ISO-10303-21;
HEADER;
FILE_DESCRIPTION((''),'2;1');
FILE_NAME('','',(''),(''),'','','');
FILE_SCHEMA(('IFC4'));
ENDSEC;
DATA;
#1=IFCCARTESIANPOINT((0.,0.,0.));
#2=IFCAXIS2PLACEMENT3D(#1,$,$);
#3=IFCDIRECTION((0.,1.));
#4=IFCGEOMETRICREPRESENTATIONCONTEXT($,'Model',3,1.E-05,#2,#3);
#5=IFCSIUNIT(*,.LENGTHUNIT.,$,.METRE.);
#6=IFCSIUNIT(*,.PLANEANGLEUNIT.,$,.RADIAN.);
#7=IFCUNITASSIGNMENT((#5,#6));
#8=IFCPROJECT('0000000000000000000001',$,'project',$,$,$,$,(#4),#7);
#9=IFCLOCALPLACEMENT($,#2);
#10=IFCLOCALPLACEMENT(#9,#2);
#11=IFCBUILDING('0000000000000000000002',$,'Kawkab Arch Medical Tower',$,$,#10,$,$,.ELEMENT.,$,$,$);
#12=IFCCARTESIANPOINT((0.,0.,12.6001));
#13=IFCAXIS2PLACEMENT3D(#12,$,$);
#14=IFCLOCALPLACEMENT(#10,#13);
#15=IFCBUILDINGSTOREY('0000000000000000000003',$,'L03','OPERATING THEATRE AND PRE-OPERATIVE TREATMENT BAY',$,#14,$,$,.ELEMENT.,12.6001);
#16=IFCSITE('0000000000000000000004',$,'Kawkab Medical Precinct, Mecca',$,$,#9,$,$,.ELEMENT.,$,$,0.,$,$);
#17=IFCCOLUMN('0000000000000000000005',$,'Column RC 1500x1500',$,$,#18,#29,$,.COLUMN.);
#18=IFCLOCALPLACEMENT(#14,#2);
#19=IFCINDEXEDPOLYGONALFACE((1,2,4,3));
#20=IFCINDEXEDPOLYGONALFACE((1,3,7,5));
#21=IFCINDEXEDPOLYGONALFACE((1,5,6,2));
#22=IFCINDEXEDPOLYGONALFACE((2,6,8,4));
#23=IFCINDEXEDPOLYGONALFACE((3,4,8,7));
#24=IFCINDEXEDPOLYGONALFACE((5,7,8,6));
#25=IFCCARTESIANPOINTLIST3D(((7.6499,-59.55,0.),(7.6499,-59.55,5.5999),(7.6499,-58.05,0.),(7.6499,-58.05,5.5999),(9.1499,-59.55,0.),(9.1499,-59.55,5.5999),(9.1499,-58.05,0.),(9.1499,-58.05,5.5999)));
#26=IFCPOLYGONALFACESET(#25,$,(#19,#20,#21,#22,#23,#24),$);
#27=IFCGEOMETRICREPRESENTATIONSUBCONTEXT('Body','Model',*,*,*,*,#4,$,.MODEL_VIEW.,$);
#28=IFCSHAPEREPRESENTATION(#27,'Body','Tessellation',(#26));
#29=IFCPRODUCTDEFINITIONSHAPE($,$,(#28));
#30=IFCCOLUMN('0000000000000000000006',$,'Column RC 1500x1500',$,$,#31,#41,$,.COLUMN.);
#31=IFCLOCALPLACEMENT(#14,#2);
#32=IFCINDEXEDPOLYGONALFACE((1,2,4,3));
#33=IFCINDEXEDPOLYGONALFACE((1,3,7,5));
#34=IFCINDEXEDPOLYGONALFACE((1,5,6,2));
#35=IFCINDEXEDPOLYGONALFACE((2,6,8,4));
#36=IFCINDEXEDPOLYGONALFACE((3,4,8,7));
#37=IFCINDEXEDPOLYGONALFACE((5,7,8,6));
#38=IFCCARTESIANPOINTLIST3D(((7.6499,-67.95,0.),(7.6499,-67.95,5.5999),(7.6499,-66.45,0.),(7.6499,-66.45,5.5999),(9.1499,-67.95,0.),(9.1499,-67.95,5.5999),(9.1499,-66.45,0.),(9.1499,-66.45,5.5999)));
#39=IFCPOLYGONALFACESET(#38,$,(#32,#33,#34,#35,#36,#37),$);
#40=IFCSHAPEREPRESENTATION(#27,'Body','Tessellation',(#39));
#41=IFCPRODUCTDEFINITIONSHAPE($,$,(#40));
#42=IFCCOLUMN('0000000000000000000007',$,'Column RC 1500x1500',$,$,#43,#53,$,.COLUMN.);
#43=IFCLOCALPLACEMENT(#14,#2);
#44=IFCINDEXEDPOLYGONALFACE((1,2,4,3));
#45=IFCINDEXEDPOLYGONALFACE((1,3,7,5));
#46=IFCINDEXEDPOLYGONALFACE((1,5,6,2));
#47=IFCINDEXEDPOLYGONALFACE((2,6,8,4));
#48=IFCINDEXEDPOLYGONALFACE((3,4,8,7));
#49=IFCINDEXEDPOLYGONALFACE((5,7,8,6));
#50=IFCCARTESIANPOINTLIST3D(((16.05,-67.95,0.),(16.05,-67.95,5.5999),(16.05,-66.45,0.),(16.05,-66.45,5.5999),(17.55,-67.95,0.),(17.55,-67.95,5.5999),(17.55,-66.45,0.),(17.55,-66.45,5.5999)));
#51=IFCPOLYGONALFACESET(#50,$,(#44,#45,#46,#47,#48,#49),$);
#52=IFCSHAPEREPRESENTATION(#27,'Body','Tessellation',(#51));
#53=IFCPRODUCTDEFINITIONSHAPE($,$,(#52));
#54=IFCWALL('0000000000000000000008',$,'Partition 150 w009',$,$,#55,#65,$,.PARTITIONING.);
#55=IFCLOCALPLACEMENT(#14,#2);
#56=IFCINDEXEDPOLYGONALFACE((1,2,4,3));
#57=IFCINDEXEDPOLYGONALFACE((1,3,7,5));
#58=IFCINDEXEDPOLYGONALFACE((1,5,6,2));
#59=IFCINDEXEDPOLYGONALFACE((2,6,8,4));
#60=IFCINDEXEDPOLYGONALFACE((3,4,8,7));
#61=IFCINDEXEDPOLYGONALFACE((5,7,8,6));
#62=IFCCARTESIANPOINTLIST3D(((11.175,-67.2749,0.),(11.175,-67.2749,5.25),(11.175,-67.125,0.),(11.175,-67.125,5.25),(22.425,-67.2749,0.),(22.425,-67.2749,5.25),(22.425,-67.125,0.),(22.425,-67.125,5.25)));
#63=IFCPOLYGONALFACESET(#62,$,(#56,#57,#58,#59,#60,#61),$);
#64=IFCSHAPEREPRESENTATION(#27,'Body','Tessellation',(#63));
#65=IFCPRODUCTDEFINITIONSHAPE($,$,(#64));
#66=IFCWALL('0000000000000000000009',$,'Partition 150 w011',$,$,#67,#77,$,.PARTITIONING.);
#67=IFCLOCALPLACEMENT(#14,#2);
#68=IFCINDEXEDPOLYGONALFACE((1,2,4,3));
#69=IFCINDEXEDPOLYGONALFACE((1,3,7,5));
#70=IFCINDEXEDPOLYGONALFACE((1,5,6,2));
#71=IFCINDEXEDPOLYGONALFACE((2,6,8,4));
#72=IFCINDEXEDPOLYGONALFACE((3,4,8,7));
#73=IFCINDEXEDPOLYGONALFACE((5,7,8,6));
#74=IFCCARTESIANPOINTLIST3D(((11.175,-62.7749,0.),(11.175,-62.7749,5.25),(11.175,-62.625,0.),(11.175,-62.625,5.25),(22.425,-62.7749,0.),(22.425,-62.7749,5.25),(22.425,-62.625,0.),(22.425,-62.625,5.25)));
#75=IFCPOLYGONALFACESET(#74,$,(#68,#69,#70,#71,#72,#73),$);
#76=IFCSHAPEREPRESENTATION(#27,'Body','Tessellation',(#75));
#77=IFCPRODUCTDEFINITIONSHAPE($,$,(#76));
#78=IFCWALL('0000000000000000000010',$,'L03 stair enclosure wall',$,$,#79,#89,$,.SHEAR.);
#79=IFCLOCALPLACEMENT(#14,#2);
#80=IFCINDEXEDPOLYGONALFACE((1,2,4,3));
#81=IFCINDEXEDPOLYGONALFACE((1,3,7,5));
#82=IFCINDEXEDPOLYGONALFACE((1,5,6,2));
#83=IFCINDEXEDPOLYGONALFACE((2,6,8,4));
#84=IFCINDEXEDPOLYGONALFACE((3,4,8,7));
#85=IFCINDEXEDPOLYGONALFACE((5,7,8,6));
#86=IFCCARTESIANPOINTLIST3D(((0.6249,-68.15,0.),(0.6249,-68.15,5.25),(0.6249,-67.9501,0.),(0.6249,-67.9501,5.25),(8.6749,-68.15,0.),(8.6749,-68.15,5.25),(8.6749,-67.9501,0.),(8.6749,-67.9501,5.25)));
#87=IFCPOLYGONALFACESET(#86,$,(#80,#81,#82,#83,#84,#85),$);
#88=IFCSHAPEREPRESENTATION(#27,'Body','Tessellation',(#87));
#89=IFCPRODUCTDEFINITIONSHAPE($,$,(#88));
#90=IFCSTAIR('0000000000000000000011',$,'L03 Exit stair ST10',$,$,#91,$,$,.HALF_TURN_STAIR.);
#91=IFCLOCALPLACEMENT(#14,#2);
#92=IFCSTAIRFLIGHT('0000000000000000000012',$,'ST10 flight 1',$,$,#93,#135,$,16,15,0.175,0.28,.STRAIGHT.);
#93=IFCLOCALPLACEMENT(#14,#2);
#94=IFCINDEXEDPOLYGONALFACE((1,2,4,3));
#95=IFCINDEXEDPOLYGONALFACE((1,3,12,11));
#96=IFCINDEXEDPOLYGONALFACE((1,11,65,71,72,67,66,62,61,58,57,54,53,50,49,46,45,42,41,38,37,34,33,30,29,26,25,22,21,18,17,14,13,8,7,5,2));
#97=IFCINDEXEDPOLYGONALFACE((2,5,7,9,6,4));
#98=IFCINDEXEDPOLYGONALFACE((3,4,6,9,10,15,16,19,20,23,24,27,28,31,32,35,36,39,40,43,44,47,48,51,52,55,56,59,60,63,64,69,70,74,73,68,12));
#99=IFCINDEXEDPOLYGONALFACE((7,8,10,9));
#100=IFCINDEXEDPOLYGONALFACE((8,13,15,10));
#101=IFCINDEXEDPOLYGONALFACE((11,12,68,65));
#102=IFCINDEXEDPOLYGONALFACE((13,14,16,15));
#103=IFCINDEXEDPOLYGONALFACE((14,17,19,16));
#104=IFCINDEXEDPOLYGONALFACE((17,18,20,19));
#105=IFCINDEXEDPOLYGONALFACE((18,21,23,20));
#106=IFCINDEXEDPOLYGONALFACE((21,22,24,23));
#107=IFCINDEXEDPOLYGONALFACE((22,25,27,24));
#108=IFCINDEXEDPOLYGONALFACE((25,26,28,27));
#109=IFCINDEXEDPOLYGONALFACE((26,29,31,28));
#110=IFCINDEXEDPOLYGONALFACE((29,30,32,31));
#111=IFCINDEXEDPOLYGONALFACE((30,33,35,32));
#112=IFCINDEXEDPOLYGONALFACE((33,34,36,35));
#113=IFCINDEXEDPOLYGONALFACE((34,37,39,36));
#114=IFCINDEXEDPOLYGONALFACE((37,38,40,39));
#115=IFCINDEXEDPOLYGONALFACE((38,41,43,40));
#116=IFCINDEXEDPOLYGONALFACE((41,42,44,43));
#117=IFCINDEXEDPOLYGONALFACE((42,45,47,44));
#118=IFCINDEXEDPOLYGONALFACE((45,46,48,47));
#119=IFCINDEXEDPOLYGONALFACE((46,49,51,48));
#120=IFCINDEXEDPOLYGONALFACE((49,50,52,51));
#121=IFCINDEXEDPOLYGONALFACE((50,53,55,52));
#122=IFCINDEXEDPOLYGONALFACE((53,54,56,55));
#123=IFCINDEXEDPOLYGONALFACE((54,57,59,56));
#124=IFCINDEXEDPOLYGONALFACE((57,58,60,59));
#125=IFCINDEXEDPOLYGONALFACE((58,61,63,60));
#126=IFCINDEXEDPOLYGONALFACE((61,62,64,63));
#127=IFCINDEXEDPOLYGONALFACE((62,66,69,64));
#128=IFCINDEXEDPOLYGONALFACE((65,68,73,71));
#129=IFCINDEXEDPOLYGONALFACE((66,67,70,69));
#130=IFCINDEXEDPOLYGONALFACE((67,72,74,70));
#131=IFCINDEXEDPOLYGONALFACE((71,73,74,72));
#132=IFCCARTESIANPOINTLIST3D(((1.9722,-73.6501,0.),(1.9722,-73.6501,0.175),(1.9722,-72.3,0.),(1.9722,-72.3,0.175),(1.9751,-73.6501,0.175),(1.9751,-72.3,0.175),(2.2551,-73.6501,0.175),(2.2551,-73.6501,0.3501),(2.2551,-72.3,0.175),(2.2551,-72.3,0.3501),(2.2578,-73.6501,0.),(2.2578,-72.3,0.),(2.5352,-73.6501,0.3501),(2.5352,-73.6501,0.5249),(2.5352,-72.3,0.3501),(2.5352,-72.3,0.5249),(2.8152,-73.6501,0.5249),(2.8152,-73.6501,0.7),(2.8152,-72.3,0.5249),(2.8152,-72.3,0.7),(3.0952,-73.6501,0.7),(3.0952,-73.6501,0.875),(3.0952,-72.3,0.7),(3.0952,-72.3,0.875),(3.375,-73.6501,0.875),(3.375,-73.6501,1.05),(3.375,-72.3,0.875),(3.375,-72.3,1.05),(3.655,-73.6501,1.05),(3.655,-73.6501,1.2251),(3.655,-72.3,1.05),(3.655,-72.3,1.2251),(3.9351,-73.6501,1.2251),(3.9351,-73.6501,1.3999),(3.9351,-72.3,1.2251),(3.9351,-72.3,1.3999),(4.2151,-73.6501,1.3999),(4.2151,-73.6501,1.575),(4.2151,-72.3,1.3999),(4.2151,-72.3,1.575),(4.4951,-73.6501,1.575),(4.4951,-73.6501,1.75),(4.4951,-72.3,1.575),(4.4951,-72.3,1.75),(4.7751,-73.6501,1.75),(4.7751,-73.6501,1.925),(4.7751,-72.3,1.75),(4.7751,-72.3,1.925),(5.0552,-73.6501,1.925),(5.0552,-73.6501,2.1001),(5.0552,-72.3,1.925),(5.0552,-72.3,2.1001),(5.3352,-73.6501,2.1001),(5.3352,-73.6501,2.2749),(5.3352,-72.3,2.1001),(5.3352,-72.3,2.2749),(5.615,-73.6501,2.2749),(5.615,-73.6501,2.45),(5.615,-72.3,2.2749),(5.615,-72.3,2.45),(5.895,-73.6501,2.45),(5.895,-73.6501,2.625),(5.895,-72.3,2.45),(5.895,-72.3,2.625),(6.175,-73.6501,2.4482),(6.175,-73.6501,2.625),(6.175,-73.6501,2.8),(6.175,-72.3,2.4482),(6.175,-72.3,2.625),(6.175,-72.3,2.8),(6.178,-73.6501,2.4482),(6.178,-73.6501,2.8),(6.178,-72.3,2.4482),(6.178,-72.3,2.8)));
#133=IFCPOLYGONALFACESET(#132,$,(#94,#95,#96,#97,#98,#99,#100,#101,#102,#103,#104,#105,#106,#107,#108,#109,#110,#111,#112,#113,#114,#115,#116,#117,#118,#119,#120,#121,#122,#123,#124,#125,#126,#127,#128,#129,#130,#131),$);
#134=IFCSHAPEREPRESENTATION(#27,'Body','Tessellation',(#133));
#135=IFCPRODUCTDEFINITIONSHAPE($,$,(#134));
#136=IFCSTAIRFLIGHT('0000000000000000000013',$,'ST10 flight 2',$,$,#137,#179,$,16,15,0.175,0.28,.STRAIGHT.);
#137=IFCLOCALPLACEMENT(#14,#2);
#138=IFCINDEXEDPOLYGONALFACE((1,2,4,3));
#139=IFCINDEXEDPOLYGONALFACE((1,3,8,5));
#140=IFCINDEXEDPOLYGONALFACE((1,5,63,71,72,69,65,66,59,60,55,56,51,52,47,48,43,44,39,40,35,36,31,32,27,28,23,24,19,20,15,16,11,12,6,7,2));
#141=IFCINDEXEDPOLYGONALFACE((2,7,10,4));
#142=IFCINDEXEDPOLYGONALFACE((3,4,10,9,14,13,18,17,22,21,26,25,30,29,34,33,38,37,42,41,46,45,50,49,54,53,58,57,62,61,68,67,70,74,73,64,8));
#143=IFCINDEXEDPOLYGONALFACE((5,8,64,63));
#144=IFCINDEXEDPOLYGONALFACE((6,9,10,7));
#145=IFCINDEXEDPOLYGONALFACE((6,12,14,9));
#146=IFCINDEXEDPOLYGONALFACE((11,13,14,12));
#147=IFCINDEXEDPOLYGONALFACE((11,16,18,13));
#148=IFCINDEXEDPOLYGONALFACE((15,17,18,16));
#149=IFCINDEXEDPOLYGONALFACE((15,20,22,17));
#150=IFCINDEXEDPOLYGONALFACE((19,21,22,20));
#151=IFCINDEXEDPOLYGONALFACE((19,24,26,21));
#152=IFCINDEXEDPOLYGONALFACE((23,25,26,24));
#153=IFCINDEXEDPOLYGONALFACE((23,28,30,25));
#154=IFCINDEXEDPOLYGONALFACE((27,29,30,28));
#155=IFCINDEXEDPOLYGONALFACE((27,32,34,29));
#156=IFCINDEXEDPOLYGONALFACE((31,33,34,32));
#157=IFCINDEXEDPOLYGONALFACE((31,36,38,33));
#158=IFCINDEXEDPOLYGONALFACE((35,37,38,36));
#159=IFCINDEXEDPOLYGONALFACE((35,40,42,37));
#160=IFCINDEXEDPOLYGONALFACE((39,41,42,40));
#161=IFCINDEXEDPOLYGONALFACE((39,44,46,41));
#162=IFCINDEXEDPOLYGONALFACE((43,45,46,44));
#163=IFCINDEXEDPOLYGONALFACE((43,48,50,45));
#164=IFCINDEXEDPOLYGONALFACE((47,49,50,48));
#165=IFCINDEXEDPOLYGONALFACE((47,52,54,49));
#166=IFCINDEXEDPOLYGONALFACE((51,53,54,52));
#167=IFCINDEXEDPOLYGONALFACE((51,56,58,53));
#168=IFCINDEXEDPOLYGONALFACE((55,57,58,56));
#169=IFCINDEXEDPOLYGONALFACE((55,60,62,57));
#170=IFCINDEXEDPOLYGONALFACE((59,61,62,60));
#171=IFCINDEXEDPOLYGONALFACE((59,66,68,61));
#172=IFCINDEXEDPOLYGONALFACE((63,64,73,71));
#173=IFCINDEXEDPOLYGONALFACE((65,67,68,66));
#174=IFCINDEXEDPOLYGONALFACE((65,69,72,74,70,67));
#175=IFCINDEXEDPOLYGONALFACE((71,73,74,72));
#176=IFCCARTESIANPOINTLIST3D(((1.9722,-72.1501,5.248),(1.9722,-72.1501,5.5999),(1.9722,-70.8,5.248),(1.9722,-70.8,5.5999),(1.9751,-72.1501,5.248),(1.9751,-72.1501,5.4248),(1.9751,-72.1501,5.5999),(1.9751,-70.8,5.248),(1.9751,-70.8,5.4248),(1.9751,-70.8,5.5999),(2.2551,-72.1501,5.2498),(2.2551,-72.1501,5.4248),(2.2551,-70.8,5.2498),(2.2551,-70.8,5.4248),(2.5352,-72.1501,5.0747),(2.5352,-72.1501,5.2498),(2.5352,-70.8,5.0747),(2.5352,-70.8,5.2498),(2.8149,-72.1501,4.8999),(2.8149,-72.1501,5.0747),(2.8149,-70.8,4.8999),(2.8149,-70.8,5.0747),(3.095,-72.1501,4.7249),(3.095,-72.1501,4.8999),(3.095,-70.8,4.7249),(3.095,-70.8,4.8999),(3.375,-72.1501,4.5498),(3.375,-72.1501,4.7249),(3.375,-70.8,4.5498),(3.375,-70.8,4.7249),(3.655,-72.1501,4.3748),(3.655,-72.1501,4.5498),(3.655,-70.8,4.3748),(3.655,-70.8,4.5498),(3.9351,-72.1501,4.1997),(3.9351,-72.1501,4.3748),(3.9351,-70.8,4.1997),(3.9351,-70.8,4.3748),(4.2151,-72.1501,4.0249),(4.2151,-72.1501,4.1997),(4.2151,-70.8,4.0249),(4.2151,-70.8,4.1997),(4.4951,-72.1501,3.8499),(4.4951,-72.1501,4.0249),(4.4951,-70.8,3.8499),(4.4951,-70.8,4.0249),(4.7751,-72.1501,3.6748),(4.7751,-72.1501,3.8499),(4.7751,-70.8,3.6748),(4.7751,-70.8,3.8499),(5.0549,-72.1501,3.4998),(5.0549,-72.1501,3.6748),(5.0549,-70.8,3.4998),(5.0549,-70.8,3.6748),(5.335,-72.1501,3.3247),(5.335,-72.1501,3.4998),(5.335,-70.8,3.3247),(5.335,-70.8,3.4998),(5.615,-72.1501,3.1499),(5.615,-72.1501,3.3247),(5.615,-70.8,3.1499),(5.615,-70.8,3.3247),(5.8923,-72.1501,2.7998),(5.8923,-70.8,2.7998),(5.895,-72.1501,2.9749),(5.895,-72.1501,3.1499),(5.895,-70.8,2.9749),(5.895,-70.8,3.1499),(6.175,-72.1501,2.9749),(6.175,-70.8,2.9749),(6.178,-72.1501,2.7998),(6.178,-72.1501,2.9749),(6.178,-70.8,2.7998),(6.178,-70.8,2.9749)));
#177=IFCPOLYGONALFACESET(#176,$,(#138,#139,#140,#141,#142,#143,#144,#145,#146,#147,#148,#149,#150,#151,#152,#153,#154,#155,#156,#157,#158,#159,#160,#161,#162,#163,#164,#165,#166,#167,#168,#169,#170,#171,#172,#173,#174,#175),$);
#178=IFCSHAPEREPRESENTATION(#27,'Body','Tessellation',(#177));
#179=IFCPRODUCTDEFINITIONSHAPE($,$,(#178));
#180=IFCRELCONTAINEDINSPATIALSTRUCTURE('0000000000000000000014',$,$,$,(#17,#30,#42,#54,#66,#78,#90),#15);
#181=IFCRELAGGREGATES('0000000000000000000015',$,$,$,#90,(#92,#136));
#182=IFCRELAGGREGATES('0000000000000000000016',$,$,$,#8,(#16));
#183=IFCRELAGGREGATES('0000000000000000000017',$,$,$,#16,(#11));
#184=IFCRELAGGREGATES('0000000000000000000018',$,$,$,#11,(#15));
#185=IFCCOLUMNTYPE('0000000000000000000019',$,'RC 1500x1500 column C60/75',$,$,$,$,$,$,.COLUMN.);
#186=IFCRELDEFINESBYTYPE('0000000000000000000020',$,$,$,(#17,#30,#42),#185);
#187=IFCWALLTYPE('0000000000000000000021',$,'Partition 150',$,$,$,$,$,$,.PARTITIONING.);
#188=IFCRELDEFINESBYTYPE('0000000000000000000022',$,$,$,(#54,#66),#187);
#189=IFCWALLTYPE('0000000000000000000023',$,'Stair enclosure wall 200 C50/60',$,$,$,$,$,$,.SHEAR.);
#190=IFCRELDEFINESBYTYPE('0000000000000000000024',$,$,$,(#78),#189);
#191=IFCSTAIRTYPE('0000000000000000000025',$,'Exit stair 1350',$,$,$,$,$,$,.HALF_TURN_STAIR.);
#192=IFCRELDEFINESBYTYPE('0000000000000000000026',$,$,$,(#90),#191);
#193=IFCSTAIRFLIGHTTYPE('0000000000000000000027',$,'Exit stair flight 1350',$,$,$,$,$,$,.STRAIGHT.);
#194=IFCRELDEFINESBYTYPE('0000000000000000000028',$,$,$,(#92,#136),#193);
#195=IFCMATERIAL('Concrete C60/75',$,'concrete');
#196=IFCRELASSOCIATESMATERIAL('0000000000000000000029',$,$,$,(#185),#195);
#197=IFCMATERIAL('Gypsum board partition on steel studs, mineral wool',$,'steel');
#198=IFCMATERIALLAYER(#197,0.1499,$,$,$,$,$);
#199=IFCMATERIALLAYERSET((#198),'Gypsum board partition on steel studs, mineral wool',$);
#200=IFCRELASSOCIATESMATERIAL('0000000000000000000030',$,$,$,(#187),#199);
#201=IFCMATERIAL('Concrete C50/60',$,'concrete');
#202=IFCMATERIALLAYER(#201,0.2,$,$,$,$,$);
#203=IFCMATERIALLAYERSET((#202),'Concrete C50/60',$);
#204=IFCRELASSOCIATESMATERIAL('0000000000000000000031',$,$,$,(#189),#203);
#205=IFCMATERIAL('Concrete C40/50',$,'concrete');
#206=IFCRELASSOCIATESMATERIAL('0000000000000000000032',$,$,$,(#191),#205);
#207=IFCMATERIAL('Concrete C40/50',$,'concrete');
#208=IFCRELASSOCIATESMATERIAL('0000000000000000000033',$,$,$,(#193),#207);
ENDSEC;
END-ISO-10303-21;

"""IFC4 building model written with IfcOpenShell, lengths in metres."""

from ifc_helpers import new_model, si_unit, direction, frame, frame_2d, origin, origin_2d, place, context, subcontext, project, spatial, polyline, rectangle, outline, extrude, material, layer, layer_set, material_profile, profile_set, type_object, element, aggregate, save


model = new_model("IFC4")

# Units and contexts
model_context = context("Model", 3, precision=1e-05, world=origin(), true_north=direction((0.0, 1.0)))
body_context = subcontext(model_context, "Body", "Model", "MODEL_VIEW")
ifc_project = project(units=[si_unit("LENGTHUNIT", "METRE"), si_unit("PLANEANGLEUNIT", "RADIAN")], contexts=[model_context])

# Site, building, storey
site_placement = place(None, origin())
site = spatial("IfcSite", under=ifc_project, at=site_placement, Name="Kawkab Medical Precinct, Mecca", CompositionType="ELEMENT", RefElevation=0.0)
building_placement = place(site_placement, origin())
building = spatial("IfcBuilding", under=site, at=building_placement, Name="Kawkab Arch Medical Tower", CompositionType="ELEMENT")
storey_placement = place(building_placement, frame((0.0, 0.0, 12.6001)))
storey = spatial("IfcBuildingStorey", under=building, at=storey_placement, Name="L03", Description="OPERATING THEATRE AND PRE-OPERATIVE TREATMENT BAY", CompositionType="ELEMENT", Elevation=12.6001)

# Columns
ifc_material_1 = material(Name="Concrete C60/75", Category="concrete")
ifc_material_profile = material_profile(ifc_material_1, rectangle(XDim=1.5, YDim=1.5, at=origin_2d()), Name="RC 1500x1500")
ifc_profile_set = profile_set([ifc_material_profile], Name="Concrete C60/75")
column_type = type_object("IfcColumnType", Name="RC 1500x1500 column C60/75", PredefinedType="COLUMN", material=ifc_profile_set)
for number, where, z_axis, x_axis, name in (
    (1, (8.3999, -58.8, 0.0), (0.0, 0.0, 1.0), (1.0, 0.0, 0.0), "Column RC 1500x1500"),
    (2, (8.3999, -67.2, 0.0), (0.0, 0.0, 1.0), (1.0, 0.0, 0.0), "Column RC 1500x1500"),
    (3, (16.8, -67.2, 0.0), (0.0, 0.0, 1.0), (1.0, 0.0, 0.0), "Column RC 1500x1500"),
):
    element("IfcColumn", number, at=place(storey_placement, frame(where, z_axis=z_axis, x_axis=x_axis)), inside=storey, type_object=column_type, Name=name, PredefinedType="COLUMN", context=body_context, shape_type="SweptSolid", body=[
        extrude(rectangle(XDim=1.5, YDim=1.5, at=origin_2d()), origin(), (0.0, 0.0, 1.0), 5.5999),
    ])

# Walls
ifc_material_2 = material(Name="Gypsum board partition on steel studs, mineral wool", Category="steel")
ifc_layer_1 = layer(ifc_material_2, 0.1499)
ifc_layer_set_1 = layer_set([ifc_layer_1], Name="Gypsum board partition on steel studs, mineral wool")
wall_type_1 = type_object("IfcWallType", Name="Partition 150", PredefinedType="PARTITIONING", material=ifc_layer_set_1)
for number, where, z_axis, x_axis, name in (
    (4, (11.175, -67.2, 0.0), (0.0, 0.0, 1.0), (1.0, 0.0, 0.0), "Partition 150 w009"),
    (5, (11.175, -62.7, 0.0), (0.0, 0.0, 1.0), (1.0, 0.0, 0.0), "Partition 150 w011"),
):
    element("IfcWall", number, at=place(storey_placement, frame(where, z_axis=z_axis, x_axis=x_axis)), inside=storey, type_object=wall_type_1, Name=name, PredefinedType="PARTITIONING", context=body_context, shape_type="SweptSolid", body=[
        extrude(rectangle(XDim=11.25, YDim=0.1499, at=frame_2d((5.625, 0.0))), origin(), (0.0, 0.0, 1.0), 5.25),
    ])

# Wall
ifc_material_3 = material(Name="Concrete C50/60", Category="concrete")
ifc_layer_2 = layer(ifc_material_3, 0.2)
ifc_layer_set_2 = layer_set([ifc_layer_2], Name="Concrete C50/60")
wall_type_2 = type_object("IfcWallType", Name="Stair enclosure wall 200 C50/60", PredefinedType="SHEAR", material=ifc_layer_set_2)
wall_1_placement = place(storey_placement, frame((0.625, -68.05, 0.0), z_axis=(0.0, 0.0, 1.0), x_axis=(1.0, 0.0, 0.0)))
element("IfcWall", 6, at=wall_1_placement, inside=storey, type_object=wall_type_2, Name="L03 stair enclosure wall", PredefinedType="SHEAR", context=body_context, shape_type="SweptSolid", body=[
    extrude(rectangle(XDim=8.05, YDim=0.2, at=frame_2d((4.0249, 0.0))), origin(), (0.0, 0.0, 1.0), 5.25),
])

# Stair, stair flights
ifc_material_4 = material(Name="Concrete C40/50", Category="concrete")
stair_type = type_object("IfcStairType", Name="Exit stair 1350", PredefinedType="HALF_TURN_STAIR", material=ifc_material_4)
stair_placement = place(storey_placement, origin())
stair = element("IfcStair", 7, at=stair_placement, inside=storey, type_object=stair_type, Name="L03 Exit stair ST10", PredefinedType="HALF_TURN_STAIR")
ifc_material_5 = material(Name="Concrete C40/50", Category="concrete")
stair_flight_type = type_object("IfcStairFlightType", Name="Exit stair flight 1350", PredefinedType="STRAIGHT", material=ifc_material_5)
stair_flight_1_placement = place(storey_placement, frame((1.9751, -72.9751, 0.0), z_axis=(0.0, 0.0, 1.0), x_axis=(1.0, 0.0, 0.0)))
stair_flight_1 = element("IfcStairFlight", 8, at=stair_flight_1_placement, type_object=stair_flight_type, Name="ST10 flight 1", NumberOfRisers=16, NumberOfTreads=15, PredefinedType="STRAIGHT", RiserHeight=0.175, TreadLength=0.28, context=body_context, shape_type="SweptSolid", body=[
    extrude(outline(polyline([(-0.0029, 0.0), (-0.0029, 0.175), (0.0, 0.175), (0.28, 0.175), (0.28, 0.3501), (0.5601, 0.3501), (0.5601, 0.5249), (0.8401, 0.5249), (0.8401, 0.7), (1.1201, 0.7), (1.1201, 0.875), (1.3999, 0.875), (1.3999, 1.05), (1.6799, 1.05), (1.6799, 1.2251), (1.96, 1.2251), (1.96, 1.3999), (2.24, 1.3999), (2.24, 1.575), (2.52, 1.575), (2.52, 1.75), (2.8, 1.75), (2.8, 1.925), (3.0801, 1.925), (3.0801, 2.1001), (3.3601, 2.1001), (3.3601, 2.2749), (3.6399, 2.2749), (3.6399, 2.45), (3.9199, 2.45), (3.9199, 2.625), (4.2, 2.625), (4.2, 2.8), (4.2029, 2.8), (4.2029, 2.4482), (4.2, 2.4482), (0.2827, 0.0), (-0.0029, 0.0)])), frame((0.0, 0.675, 0.0), z_axis=(0.0, -1.0, 0.0), x_axis=(1.0, 0.0, 0.0)), (0.0, 0.0, 1.0), 1.3501),
])
stair_flight_2_placement = place(storey_placement, frame((6.175, -71.4751, 2.7998), z_axis=(0.0, 0.0, 1.0), x_axis=(-1.0, 0.0, 0.0)))
stair_flight_2 = element("IfcStairFlight", 9, at=stair_flight_2_placement, type_object=stair_flight_type, Name="ST10 flight 2", NumberOfRisers=16, NumberOfTreads=15, PredefinedType="STRAIGHT", RiserHeight=0.175, TreadLength=0.28, context=body_context, shape_type="SweptSolid", body=[
    extrude(outline(polyline([(-0.0029, 0.0), (-0.0029, 0.175), (0.0, 0.175), (0.28, 0.175), (0.28, 0.3501), (0.5601, 0.3501), (0.5601, 0.5249), (0.8401, 0.5249), (0.8401, 0.7), (1.1201, 0.7), (1.1201, 0.875), (1.3999, 0.875), (1.3999, 1.05), (1.6799, 1.05), (1.6799, 1.2251), (1.96, 1.2251), (1.96, 1.3999), (2.24, 1.3999), (2.24, 1.575), (2.52, 1.575), (2.52, 1.75), (2.8, 1.75), (2.8, 1.925), (3.0801, 1.925), (3.0801, 2.1001), (3.3601, 2.1001), (3.3601, 2.2749), (3.6399, 2.2749), (3.6399, 2.45), (3.9199, 2.45), (3.9199, 2.625), (4.2, 2.625), (4.2, 2.8), (4.2029, 2.8), (4.2029, 2.4482), (4.2, 2.4482), (0.2827, 0.0), (-0.0029, 0.0)])), frame((0.0, 0.675, 0.0), z_axis=(0.0, -1.0, 0.0), x_axis=(1.0, 0.0, 0.0)), (0.0, 0.0, 1.0), 1.3501),
])
aggregate(stair, [stair_flight_1, stair_flight_2])

save(model, "model.ifc")
